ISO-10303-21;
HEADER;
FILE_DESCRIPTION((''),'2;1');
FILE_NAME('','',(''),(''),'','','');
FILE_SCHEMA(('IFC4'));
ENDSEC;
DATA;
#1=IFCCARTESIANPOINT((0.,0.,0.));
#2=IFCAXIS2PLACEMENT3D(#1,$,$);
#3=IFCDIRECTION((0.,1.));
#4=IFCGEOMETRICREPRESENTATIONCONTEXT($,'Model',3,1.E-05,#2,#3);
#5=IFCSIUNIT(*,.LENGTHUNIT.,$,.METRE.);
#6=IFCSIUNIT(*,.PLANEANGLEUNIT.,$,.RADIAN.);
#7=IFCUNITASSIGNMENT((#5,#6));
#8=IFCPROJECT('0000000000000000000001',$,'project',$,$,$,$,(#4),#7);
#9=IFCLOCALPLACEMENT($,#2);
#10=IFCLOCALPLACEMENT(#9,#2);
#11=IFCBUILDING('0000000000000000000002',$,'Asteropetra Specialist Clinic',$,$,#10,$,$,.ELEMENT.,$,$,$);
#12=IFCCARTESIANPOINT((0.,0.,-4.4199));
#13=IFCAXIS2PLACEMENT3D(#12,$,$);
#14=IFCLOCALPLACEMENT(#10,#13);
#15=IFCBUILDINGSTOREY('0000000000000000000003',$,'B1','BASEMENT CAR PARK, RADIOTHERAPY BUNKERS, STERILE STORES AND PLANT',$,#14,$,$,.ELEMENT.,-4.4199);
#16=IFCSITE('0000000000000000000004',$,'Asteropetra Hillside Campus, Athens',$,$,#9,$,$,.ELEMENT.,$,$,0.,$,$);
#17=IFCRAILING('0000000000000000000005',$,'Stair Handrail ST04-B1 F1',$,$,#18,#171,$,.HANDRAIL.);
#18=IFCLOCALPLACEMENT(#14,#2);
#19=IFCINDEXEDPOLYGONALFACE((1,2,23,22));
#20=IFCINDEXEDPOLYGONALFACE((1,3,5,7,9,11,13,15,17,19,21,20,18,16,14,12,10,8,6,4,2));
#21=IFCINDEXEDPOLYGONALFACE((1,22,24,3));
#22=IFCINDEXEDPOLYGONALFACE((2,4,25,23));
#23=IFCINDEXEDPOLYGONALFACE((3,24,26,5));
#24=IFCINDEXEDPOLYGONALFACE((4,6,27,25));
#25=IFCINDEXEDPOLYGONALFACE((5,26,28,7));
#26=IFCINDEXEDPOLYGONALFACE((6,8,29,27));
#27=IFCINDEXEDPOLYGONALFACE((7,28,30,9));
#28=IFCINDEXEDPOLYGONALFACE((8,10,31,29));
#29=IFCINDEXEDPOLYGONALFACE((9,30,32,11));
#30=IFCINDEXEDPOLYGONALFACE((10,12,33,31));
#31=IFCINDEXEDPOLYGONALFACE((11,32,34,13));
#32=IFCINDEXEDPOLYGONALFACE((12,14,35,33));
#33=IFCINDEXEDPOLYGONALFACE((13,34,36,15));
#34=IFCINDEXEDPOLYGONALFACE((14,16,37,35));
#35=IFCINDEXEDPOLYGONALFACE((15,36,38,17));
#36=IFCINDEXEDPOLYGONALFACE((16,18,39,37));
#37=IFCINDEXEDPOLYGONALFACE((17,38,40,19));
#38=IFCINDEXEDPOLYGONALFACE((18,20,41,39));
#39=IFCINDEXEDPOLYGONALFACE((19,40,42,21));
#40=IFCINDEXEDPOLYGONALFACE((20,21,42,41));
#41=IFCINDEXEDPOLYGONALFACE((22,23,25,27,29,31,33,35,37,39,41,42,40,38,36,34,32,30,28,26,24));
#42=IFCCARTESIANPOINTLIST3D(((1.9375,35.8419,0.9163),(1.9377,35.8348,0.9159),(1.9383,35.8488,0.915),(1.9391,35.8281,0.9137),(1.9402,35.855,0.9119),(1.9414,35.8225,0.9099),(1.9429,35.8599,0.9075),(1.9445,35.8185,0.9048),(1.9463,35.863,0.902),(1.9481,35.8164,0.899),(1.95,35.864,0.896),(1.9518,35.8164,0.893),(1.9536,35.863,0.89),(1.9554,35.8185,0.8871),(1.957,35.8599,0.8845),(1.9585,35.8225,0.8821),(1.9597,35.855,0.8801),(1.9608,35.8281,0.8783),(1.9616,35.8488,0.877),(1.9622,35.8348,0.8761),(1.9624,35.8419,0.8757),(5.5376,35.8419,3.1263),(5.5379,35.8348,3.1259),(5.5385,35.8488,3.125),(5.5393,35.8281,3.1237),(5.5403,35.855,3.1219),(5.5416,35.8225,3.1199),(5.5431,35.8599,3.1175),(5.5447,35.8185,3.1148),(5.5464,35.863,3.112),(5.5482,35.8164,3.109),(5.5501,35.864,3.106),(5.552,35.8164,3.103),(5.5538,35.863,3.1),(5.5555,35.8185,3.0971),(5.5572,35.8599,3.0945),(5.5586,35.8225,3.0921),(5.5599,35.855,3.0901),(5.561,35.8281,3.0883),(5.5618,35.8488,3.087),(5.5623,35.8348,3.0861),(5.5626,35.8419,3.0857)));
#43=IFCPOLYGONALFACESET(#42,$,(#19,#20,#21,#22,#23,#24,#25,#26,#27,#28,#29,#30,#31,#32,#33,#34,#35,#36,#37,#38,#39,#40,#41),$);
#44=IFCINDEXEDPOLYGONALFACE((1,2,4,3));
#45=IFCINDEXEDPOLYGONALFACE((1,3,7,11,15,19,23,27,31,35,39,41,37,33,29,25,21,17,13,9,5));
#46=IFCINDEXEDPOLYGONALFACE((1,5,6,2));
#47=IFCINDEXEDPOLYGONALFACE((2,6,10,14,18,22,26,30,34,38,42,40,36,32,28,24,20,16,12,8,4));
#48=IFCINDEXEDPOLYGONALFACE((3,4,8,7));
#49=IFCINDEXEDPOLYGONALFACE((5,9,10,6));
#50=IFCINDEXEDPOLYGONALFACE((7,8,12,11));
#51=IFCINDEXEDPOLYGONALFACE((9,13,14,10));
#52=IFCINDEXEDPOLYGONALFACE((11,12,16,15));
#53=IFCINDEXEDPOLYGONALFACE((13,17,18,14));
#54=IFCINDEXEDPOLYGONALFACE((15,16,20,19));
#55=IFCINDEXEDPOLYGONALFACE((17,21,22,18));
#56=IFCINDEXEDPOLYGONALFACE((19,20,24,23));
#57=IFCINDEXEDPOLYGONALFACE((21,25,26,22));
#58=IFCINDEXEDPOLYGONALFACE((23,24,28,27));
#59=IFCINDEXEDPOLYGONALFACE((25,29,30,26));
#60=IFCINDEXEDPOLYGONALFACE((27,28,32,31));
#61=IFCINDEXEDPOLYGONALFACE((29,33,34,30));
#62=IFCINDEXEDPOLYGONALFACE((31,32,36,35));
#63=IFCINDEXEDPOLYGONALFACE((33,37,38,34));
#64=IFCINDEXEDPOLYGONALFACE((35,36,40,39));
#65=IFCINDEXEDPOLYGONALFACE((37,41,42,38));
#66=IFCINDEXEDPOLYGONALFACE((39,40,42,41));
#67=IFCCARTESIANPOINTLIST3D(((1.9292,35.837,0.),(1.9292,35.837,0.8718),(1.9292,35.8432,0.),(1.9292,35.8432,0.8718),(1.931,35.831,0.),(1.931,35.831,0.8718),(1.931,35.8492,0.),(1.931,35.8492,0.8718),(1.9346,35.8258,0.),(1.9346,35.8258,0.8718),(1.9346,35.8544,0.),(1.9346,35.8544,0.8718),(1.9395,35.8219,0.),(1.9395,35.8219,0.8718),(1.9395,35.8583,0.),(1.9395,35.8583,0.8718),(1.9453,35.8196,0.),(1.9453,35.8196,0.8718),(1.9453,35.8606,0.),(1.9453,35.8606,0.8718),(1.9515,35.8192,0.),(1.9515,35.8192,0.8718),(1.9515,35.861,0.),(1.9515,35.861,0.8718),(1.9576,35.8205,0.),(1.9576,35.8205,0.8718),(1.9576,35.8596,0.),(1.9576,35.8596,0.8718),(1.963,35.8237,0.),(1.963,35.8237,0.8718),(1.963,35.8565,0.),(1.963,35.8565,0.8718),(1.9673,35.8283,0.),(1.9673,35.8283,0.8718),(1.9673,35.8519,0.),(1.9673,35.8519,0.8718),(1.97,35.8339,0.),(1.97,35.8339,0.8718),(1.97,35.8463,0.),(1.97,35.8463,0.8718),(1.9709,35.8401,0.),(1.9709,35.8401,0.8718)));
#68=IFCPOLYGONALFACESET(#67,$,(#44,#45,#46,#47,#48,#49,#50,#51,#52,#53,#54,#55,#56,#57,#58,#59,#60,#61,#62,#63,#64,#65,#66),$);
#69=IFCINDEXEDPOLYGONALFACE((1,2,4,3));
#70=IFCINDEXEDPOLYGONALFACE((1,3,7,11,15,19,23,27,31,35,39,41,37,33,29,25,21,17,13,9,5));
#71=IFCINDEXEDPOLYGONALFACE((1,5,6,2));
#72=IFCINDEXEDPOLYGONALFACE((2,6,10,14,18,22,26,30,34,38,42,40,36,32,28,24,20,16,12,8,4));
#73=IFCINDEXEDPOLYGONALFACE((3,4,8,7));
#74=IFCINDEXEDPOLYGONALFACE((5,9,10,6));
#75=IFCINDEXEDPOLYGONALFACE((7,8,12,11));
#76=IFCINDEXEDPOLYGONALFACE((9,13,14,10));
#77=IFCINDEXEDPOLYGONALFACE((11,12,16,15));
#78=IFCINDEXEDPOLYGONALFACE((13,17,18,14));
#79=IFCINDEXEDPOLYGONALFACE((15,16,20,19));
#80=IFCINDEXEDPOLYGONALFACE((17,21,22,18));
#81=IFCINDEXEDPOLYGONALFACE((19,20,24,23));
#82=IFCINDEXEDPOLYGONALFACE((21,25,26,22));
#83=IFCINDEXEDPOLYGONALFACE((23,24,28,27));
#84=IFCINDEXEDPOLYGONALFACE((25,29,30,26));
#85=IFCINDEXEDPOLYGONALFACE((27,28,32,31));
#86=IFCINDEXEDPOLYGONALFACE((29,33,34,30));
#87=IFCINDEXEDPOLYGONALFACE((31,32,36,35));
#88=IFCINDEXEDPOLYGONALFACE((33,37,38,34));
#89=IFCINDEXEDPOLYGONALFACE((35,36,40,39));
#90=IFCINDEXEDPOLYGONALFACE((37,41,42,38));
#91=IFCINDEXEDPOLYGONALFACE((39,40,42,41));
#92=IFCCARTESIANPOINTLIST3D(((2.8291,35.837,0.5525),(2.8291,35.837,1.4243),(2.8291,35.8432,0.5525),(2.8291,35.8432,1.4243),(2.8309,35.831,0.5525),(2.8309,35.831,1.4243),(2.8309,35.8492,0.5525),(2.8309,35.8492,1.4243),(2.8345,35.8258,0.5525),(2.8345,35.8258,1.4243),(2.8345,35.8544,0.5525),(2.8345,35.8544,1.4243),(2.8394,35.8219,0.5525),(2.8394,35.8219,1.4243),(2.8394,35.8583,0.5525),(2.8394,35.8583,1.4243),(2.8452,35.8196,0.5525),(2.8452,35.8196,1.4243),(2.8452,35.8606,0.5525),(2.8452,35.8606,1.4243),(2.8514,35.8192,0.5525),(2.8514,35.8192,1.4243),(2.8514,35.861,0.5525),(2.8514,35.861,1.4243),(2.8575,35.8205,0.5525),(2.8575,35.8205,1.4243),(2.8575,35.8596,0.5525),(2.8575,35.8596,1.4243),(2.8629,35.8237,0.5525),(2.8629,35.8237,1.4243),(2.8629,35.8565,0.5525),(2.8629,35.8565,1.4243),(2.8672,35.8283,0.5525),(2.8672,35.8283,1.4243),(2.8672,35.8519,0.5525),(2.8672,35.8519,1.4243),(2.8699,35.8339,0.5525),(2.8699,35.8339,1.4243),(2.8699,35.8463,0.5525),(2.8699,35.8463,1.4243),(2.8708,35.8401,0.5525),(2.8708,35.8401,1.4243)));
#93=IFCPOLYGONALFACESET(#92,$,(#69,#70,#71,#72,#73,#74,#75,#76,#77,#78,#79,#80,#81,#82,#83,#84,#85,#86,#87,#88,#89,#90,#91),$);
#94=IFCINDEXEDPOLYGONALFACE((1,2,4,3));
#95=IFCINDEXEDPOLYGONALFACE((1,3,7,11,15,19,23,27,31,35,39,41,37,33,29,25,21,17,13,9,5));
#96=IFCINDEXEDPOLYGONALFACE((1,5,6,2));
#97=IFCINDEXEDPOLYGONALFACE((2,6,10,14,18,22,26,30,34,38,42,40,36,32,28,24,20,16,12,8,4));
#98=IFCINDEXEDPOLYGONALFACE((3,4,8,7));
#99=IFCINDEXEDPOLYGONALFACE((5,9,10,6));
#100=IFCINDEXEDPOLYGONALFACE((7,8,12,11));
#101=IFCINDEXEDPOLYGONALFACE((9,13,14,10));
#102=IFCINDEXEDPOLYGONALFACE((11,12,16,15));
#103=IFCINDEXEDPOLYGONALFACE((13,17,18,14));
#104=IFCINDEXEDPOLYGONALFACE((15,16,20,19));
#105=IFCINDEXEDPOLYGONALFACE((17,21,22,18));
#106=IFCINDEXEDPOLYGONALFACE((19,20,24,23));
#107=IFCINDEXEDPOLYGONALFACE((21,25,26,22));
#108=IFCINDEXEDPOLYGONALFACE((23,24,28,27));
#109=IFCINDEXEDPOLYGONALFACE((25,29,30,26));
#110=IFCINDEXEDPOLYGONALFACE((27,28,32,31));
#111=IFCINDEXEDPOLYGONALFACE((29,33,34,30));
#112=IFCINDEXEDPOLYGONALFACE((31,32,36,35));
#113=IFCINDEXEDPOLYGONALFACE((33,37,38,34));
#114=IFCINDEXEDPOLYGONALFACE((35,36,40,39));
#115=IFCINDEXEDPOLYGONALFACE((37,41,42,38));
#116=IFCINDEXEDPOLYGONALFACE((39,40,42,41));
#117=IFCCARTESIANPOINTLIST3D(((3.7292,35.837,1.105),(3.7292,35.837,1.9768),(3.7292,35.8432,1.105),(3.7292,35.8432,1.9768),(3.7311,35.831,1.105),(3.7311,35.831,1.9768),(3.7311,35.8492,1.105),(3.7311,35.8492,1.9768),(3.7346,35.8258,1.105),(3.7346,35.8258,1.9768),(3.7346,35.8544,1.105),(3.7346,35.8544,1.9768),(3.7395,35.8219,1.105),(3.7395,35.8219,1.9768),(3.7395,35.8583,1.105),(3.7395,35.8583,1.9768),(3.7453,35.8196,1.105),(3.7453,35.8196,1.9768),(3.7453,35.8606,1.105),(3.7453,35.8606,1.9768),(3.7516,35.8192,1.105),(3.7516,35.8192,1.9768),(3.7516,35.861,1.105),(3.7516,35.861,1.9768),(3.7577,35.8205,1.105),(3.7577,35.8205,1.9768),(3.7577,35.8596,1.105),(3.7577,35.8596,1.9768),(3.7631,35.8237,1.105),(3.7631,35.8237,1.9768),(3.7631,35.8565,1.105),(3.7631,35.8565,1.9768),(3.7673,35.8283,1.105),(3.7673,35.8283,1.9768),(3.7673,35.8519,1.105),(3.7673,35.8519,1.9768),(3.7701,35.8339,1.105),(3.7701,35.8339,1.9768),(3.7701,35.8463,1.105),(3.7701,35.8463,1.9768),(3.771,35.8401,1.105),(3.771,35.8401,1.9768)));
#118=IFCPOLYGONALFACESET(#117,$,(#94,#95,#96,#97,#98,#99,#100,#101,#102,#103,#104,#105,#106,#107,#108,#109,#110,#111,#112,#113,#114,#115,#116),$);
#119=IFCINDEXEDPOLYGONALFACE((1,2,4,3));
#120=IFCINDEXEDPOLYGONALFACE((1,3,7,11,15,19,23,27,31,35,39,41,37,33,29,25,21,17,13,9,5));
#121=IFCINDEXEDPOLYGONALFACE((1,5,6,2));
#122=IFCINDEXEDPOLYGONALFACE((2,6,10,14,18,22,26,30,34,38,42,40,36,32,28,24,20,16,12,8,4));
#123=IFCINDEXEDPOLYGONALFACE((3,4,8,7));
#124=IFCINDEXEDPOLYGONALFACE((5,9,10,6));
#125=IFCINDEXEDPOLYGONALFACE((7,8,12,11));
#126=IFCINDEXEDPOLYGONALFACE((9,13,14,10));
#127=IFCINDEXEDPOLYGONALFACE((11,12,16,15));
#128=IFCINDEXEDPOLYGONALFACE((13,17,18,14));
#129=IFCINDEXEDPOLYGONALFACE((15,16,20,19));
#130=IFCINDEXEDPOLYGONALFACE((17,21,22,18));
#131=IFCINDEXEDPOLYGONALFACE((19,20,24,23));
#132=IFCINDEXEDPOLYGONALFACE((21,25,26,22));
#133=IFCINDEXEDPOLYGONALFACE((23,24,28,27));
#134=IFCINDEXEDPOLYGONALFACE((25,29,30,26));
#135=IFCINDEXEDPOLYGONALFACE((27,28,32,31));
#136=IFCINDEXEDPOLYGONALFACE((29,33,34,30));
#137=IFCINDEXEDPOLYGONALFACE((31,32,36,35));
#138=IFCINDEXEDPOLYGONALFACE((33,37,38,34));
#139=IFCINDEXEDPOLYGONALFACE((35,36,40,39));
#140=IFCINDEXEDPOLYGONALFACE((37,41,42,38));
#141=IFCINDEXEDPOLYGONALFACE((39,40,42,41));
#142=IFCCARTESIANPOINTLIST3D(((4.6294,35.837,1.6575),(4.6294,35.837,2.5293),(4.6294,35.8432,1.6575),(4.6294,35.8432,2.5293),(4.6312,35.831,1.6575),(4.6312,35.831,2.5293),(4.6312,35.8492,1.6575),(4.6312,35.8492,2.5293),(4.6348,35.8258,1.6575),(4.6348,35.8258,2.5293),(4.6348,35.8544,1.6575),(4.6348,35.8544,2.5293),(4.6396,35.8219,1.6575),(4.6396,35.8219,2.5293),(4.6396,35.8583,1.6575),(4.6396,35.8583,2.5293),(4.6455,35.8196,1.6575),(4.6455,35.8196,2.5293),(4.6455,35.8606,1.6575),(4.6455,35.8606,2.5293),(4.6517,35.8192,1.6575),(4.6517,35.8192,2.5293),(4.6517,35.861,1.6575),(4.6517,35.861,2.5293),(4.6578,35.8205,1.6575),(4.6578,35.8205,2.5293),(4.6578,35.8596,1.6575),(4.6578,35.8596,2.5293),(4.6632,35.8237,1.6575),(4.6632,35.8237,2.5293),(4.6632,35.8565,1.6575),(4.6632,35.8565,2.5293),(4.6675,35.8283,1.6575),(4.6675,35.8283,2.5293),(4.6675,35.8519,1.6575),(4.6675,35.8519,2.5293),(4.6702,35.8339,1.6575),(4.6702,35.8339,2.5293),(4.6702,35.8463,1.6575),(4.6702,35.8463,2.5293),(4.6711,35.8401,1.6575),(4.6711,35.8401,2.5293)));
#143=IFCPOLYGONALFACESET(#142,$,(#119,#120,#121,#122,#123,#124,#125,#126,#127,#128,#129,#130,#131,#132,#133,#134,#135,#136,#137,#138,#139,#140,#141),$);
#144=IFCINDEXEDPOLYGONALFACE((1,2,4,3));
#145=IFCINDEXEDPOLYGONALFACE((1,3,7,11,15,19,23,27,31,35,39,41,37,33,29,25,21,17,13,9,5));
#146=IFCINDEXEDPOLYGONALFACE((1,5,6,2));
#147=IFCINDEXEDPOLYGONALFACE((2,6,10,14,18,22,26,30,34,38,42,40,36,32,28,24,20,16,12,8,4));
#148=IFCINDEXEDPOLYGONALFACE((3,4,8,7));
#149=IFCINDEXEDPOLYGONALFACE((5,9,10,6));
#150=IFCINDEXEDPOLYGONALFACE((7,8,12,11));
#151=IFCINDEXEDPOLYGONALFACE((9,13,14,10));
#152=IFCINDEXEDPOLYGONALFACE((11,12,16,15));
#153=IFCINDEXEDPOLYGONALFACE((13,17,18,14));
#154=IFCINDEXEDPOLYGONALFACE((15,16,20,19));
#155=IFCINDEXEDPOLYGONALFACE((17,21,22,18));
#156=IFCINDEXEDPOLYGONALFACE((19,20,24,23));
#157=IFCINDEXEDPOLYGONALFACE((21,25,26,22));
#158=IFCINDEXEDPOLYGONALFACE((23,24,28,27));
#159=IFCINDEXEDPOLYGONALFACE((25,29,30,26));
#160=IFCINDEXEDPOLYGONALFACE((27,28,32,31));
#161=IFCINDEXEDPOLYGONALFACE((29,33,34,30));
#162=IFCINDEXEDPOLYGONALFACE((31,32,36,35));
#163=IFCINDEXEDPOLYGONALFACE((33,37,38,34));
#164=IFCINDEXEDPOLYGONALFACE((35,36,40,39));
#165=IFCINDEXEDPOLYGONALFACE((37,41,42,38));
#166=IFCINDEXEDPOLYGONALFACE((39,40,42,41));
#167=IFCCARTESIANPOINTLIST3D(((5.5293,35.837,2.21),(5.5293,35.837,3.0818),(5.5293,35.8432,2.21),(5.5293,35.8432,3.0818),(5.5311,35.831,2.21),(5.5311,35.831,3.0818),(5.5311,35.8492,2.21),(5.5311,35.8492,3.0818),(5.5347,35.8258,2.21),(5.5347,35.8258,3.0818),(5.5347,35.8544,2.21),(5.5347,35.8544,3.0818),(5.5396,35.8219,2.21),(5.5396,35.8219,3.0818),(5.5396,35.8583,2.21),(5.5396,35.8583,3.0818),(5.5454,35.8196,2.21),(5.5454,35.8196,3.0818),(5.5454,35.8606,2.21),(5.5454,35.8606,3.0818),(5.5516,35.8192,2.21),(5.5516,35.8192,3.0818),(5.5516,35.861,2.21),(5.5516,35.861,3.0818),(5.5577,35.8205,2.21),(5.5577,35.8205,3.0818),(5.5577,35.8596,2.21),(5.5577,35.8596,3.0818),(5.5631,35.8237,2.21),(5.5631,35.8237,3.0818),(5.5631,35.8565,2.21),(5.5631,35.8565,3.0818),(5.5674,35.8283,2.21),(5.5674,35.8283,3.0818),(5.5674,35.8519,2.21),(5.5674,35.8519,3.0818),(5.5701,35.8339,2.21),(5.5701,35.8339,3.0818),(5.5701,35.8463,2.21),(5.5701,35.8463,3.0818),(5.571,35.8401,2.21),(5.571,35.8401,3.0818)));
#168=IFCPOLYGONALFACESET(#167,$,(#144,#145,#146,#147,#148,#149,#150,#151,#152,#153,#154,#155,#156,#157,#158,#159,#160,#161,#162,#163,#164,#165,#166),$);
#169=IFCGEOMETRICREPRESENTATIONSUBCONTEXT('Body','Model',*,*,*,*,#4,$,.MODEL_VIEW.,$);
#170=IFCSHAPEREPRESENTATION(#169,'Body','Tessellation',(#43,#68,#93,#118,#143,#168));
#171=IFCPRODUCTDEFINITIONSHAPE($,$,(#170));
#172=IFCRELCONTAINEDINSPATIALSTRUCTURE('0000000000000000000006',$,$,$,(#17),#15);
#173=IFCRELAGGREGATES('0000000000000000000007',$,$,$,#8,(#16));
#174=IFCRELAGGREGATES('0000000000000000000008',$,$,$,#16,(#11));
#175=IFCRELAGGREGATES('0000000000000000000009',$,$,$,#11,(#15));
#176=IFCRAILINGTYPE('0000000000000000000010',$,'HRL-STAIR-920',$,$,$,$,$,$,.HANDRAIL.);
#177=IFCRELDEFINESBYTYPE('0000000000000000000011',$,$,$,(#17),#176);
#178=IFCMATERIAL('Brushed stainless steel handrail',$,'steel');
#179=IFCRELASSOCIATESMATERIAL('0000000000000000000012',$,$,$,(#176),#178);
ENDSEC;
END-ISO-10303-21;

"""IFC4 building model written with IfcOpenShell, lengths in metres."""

from ifc_helpers import new_model, si_unit, direction, frame, origin, origin_2d, place, context, subcontext, project, spatial, circle, extrude, material, type_object, element, save


model = new_model("IFC4")

# Units and contexts
model_context = context("Model", 3, precision=1e-05, world=origin(), true_north=direction((0.0, 1.0)))
body_context = subcontext(model_context, "Body", "Model", "MODEL_VIEW")
ifc_project = project(units=[si_unit("LENGTHUNIT", "METRE"), si_unit("PLANEANGLEUNIT", "RADIAN")], contexts=[model_context])

# Site, building, storey
site_placement = place(None, origin())
site = spatial("IfcSite", under=ifc_project, at=site_placement, Name="Asteropetra Hillside Campus, Athens", CompositionType="ELEMENT", RefElevation=0.0)
building_placement = place(site_placement, origin())
building = spatial("IfcBuilding", under=site, at=building_placement, Name="Asteropetra Specialist Clinic", CompositionType="ELEMENT")
storey_placement = place(building_placement, frame((0.0, 0.0, -4.4199)))
storey = spatial("IfcBuildingStorey", under=building, at=storey_placement, Name="B1", Description="BASEMENT CAR PARK, RADIOTHERAPY BUNKERS, STERILE STORES AND PLANT", CompositionType="ELEMENT", Elevation=-4.4199)

# Railing
ifc_material_1 = material(Name="Brushed stainless steel handrail", Category="steel")
railing_type = type_object("IfcRailingType", Name="HRL-STAIR-920", PredefinedType="HANDRAIL", material=ifc_material_1)
railing_placement = place(storey_placement, frame((1.95, 35.8401, 0.0)))
element("IfcRailing", 1, at=railing_placement, inside=storey, type_object=railing_type, Name="Stair Handrail ST04-B1 F1", PredefinedType="HANDRAIL", context=body_context, shape_type="SweptSolid", body=[
    extrude(circle(Radius=0.0239, at=origin_2d()), frame((0.0, 0.0, 0.896), z_axis=(0.852237, 0.0, 0.523156), x_axis=(0.0, 1.0, 0.0)), (0.0, 0.0, 1.0), 4.2244),
    extrude(circle(Radius=0.021, at=origin_2d()), origin(), (0.0, 0.0, 1.0), 0.8718),
    extrude(circle(Radius=0.021, at=origin_2d()), frame((0.8999, 0.0, 0.5525)), (0.0, 0.0, 1.0), 0.8718),
    extrude(circle(Radius=0.021, at=origin_2d()), frame((1.8, 0.0, 1.105)), (0.0, 0.0, 1.0), 0.8718),
    extrude(circle(Radius=0.021, at=origin_2d()), frame((2.7002, 0.0, 1.6575)), (0.0, 0.0, 1.0), 0.8718),
    extrude(circle(Radius=0.021, at=origin_2d()), frame((3.6001, 0.0, 2.21)), (0.0, 0.0, 1.0), 0.8718),
])

save(model, "model.ifc")
